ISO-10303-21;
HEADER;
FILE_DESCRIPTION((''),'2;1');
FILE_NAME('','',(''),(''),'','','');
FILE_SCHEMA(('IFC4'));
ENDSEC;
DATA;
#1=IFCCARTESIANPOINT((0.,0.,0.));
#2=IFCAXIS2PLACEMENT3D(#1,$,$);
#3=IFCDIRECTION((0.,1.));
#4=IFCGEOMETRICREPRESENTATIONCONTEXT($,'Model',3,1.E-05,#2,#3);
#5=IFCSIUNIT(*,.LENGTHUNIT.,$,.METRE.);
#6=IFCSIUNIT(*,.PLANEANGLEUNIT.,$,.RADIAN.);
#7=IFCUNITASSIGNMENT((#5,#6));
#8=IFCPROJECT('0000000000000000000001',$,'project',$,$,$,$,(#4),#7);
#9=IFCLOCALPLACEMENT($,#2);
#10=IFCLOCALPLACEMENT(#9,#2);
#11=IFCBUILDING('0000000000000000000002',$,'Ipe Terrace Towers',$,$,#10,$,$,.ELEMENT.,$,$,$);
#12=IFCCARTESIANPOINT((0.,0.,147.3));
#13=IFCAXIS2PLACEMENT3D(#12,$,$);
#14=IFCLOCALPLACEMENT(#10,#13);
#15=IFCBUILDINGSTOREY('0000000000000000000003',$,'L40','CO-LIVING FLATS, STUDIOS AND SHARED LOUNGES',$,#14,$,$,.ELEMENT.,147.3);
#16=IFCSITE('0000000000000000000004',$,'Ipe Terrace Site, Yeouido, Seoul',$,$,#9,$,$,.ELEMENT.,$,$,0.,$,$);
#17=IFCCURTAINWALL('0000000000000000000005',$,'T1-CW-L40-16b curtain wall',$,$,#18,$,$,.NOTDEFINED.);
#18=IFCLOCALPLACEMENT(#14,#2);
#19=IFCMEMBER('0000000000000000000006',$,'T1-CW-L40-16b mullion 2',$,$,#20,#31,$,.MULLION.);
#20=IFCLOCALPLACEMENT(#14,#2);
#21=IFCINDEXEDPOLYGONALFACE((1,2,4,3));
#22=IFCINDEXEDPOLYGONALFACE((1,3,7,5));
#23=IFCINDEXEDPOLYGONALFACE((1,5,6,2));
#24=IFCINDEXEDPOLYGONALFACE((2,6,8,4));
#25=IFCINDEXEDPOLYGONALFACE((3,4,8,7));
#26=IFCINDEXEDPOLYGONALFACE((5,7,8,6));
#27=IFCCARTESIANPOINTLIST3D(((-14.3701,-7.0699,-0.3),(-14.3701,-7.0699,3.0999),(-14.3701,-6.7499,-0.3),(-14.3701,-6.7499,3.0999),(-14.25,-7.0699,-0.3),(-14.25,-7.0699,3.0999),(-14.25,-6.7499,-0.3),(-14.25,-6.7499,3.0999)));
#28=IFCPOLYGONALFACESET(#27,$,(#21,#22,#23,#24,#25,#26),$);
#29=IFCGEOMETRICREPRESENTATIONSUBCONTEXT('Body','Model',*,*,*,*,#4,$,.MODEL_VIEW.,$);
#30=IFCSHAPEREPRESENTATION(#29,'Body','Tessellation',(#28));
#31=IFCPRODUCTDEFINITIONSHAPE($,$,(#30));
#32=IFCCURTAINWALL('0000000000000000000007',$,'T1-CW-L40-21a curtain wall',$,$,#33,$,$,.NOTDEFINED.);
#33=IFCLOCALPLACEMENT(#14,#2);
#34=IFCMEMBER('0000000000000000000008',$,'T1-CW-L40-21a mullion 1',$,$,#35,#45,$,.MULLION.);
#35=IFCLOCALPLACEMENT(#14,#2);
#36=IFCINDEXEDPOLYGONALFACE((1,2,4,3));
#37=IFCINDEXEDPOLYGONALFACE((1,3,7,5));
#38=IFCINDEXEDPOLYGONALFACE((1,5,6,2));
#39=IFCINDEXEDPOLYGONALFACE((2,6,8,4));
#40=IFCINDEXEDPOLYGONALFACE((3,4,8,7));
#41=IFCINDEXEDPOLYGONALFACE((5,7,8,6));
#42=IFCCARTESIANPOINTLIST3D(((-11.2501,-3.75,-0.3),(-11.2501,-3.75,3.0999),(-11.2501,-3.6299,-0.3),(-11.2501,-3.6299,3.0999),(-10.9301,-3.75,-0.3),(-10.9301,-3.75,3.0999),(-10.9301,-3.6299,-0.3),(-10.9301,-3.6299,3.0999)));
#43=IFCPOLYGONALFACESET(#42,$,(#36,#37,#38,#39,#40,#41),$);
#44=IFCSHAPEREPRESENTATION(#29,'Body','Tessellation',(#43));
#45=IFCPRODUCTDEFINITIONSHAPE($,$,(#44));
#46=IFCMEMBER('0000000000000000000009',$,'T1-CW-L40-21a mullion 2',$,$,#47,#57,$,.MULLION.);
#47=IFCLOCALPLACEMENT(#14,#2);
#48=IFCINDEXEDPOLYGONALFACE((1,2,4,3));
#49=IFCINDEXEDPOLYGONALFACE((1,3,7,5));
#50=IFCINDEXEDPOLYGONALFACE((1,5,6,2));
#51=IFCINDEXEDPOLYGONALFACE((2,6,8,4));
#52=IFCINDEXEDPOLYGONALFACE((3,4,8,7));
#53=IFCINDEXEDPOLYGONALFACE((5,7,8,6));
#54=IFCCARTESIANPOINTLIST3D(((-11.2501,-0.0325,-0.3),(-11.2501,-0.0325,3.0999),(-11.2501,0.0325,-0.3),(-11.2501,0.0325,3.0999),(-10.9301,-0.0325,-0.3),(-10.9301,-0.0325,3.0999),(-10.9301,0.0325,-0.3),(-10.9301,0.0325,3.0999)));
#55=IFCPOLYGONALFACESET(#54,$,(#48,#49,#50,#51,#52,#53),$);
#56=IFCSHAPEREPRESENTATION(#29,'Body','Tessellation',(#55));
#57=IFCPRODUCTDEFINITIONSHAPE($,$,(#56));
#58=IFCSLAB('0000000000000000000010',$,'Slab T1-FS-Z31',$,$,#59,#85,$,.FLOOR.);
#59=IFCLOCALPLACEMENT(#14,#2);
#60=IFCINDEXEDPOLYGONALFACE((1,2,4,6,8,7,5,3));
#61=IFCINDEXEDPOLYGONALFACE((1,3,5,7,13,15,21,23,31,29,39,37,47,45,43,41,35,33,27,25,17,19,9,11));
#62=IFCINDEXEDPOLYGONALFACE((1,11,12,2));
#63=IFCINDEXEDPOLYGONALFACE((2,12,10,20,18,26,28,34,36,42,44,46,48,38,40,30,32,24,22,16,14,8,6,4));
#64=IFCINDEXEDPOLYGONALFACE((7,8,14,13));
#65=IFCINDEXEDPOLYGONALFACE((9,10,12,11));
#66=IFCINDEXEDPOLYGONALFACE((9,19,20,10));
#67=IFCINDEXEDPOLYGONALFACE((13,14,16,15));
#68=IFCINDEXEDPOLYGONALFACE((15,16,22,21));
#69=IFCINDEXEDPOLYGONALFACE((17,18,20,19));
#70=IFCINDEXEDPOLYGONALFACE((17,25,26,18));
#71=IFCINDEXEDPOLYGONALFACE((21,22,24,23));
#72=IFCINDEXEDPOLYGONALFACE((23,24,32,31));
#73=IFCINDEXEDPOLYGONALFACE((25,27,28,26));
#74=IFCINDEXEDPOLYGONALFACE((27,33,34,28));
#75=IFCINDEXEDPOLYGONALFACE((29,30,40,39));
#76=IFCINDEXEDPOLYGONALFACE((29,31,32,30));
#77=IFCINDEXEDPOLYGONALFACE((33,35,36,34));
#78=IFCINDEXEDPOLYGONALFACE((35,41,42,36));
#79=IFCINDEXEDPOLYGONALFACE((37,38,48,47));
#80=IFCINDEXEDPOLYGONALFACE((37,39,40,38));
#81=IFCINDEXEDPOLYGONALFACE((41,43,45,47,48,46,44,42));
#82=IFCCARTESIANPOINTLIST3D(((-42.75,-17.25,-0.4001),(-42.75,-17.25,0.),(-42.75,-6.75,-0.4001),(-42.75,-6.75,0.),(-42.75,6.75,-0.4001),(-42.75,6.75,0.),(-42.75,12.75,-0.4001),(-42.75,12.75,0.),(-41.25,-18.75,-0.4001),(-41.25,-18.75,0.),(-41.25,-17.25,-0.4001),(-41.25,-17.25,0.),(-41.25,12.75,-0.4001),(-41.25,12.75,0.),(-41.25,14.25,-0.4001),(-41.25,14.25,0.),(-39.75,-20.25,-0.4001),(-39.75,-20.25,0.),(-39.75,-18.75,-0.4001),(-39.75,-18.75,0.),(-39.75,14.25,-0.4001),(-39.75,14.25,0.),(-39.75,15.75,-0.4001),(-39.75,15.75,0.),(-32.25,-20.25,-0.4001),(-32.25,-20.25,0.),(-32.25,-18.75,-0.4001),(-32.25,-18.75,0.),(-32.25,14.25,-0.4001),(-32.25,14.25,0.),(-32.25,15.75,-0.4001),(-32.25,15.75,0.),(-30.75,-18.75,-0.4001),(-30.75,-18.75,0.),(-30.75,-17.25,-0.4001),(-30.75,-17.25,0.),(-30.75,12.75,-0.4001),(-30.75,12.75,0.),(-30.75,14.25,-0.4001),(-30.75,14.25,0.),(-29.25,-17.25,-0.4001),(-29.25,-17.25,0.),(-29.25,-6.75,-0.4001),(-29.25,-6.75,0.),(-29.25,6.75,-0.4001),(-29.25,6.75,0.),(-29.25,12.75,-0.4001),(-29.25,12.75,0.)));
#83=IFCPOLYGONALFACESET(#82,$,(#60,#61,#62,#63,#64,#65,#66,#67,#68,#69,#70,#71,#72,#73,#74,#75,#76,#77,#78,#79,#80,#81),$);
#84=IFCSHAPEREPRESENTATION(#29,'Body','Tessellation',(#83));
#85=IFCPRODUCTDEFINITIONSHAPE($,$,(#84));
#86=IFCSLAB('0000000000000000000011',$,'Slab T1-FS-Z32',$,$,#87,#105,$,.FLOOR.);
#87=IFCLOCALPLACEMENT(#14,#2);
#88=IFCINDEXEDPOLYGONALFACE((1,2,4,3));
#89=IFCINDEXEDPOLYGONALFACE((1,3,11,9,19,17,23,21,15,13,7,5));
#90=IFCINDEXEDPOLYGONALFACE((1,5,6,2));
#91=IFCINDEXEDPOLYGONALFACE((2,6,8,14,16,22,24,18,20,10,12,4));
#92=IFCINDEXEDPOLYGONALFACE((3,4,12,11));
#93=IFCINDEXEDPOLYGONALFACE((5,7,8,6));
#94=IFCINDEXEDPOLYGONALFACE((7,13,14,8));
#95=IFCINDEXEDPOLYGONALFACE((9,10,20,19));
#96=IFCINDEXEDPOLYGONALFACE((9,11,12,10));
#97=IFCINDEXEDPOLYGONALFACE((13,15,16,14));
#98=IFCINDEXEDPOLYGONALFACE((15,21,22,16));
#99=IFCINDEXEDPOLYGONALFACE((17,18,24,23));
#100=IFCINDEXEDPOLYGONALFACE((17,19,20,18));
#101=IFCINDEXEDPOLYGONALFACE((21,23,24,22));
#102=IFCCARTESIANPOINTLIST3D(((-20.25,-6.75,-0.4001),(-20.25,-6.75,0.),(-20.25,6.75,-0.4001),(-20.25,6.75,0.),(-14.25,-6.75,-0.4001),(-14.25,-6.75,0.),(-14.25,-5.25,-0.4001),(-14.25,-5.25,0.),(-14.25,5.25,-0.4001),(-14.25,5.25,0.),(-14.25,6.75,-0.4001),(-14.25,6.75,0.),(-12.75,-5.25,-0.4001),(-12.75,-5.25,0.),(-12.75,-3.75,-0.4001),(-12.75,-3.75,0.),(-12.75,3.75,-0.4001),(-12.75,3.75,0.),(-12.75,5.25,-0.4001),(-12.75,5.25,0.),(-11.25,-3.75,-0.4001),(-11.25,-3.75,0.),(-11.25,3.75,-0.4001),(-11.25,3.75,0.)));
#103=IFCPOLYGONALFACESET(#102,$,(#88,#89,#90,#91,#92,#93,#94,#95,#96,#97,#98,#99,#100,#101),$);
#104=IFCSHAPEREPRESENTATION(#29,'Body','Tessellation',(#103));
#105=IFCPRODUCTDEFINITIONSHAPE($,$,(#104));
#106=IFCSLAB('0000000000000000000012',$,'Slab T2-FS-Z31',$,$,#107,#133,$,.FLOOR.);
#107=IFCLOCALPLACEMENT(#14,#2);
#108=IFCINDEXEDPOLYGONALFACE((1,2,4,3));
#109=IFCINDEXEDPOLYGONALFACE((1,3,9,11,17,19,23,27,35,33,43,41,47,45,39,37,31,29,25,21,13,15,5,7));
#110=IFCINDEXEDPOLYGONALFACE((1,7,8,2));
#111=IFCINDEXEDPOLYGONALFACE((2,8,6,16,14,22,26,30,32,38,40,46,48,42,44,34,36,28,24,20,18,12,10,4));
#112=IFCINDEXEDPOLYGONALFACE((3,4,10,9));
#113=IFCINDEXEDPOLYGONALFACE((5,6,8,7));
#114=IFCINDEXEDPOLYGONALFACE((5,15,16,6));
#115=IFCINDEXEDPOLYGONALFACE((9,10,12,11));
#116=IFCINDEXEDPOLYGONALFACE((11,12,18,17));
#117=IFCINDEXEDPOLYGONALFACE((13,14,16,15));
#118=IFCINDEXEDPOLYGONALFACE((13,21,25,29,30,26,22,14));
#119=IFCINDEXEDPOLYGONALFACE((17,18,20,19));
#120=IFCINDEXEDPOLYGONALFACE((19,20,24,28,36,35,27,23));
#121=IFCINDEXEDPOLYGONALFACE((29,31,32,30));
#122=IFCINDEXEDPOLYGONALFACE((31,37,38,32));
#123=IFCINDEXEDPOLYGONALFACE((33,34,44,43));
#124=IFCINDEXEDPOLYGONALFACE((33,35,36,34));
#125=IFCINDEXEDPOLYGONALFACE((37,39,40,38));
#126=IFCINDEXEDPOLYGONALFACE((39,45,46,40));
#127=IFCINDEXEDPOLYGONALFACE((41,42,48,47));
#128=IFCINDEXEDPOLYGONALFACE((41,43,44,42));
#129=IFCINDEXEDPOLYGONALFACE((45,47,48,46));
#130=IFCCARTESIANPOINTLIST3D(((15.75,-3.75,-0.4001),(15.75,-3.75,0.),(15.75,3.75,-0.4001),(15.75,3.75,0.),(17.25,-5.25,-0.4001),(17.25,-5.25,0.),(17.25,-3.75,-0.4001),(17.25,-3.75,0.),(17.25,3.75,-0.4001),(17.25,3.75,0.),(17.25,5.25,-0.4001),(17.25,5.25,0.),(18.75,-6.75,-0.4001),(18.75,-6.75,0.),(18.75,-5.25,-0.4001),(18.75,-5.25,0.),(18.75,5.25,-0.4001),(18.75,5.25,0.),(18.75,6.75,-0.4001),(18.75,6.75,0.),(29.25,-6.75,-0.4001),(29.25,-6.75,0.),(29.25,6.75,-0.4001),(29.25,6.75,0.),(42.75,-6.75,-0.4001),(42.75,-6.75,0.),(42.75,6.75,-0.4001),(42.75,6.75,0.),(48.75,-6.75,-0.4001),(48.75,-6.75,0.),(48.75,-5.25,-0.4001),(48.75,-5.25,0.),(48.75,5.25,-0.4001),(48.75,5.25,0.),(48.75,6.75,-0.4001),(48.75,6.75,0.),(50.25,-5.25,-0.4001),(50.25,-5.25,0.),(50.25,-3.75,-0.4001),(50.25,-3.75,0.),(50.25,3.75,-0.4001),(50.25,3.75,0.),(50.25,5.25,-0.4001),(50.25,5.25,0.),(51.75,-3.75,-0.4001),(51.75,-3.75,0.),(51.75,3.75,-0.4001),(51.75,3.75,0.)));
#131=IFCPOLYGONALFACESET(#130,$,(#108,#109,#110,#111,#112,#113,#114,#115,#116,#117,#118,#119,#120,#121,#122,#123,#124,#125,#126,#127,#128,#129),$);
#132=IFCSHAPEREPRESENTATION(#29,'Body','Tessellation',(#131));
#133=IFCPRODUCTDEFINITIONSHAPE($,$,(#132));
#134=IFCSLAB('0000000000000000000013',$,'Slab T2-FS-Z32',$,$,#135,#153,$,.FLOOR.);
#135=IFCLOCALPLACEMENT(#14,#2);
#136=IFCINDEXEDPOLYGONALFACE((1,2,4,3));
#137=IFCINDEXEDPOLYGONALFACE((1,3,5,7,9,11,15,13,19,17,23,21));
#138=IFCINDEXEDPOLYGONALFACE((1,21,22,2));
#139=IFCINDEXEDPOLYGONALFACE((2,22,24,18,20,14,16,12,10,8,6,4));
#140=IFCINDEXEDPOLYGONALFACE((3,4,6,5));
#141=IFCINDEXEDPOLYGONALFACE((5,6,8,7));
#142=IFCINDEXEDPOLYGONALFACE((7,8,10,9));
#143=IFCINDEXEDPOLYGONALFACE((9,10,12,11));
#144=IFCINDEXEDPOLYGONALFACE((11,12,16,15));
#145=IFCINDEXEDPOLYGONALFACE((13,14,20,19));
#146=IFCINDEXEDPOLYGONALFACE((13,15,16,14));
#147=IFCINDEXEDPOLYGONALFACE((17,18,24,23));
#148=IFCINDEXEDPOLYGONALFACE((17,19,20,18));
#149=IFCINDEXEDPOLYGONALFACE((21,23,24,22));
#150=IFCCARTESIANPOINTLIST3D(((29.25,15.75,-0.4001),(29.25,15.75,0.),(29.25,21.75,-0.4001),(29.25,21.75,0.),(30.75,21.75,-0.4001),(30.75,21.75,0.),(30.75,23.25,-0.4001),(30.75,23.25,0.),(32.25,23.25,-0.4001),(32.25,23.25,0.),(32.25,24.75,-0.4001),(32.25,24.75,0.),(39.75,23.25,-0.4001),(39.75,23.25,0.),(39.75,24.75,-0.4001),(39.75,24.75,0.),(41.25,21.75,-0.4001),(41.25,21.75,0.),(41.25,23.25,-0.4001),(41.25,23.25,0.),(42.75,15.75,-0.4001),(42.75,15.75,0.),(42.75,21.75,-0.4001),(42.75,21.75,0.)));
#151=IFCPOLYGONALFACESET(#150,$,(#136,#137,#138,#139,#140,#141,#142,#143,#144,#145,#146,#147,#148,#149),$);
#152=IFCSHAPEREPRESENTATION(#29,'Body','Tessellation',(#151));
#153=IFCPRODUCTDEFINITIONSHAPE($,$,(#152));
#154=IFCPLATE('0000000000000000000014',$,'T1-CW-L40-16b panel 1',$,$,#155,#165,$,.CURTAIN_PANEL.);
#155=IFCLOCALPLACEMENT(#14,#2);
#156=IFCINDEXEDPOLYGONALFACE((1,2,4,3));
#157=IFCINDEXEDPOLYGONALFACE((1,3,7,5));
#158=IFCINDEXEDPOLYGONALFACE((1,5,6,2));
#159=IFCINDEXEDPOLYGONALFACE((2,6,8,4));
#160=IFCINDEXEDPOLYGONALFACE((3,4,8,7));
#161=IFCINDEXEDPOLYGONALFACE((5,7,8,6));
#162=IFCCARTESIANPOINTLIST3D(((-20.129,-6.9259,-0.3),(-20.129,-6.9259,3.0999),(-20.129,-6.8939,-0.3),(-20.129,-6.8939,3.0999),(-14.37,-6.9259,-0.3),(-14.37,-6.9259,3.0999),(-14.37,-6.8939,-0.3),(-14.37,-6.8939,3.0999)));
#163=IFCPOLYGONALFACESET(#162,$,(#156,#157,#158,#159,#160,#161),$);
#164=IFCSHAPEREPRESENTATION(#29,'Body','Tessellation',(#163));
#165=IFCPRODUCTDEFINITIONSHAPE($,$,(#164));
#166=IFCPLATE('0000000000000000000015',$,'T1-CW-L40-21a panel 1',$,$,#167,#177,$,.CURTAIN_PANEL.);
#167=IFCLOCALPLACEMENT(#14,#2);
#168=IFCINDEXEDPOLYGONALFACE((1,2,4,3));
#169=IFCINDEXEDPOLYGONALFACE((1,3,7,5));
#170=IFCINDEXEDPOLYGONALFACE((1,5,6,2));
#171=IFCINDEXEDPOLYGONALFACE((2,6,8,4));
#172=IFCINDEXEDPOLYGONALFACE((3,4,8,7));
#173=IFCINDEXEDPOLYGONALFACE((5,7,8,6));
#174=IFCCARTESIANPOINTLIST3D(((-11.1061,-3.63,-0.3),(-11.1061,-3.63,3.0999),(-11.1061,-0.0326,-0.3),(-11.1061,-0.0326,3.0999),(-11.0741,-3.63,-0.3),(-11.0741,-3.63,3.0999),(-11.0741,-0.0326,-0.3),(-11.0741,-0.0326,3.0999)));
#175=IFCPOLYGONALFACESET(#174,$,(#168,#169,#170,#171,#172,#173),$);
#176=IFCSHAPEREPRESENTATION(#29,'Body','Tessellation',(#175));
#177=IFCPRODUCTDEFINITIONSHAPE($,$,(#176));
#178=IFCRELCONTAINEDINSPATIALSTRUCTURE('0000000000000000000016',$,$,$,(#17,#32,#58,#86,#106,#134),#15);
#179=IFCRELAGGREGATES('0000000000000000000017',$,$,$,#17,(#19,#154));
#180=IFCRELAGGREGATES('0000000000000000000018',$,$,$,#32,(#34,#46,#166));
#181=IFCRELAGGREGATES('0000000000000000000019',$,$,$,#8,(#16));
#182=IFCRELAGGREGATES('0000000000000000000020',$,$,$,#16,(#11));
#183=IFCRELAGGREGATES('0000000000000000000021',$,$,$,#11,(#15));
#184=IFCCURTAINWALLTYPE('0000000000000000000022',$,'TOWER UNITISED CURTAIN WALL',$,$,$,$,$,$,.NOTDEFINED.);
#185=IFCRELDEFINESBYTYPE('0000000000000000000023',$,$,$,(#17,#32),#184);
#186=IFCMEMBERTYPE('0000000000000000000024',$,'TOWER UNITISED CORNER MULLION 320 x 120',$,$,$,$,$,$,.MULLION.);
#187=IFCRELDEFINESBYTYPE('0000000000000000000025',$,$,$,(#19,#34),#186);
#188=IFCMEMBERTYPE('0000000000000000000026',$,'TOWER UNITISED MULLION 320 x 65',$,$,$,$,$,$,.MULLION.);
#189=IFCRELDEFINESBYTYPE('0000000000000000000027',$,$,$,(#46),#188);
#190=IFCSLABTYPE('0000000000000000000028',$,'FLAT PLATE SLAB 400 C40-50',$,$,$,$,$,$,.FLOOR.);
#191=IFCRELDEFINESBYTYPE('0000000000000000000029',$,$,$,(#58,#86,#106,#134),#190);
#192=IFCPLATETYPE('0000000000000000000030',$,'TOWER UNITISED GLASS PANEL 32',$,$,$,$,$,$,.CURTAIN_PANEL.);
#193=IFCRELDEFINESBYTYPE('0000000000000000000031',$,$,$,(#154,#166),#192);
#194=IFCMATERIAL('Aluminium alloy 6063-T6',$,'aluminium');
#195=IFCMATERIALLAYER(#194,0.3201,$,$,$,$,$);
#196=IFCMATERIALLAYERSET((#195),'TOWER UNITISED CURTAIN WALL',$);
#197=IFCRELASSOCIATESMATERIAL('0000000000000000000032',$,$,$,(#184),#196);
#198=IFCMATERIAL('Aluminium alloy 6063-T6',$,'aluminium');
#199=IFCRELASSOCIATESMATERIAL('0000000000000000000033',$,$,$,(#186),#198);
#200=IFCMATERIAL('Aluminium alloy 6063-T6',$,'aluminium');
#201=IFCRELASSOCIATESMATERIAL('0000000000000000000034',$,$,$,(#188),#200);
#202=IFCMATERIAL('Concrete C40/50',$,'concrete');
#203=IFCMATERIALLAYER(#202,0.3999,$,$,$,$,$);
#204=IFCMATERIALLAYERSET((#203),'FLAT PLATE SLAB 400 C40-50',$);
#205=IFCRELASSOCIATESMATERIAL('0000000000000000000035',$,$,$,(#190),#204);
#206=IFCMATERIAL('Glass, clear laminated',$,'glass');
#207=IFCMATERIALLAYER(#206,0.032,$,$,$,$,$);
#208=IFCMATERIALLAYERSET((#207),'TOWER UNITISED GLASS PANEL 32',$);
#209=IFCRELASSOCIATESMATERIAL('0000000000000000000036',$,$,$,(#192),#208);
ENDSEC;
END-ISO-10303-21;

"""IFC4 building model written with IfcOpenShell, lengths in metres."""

from ifc_helpers import new_model, si_unit, direction, frame, origin, origin_2d, place, context, subcontext, project, spatial, polyline, rectangle, outline, extrude, material, layer, layer_set, material_profile, profile_set, type_object, element, aggregate, save


model = new_model("IFC4")

# Units and contexts
model_context = context("Model", 3, precision=1e-05, world=origin(), true_north=direction((0.0, 1.0)))
body_context = subcontext(model_context, "Body", "Model", "MODEL_VIEW")
ifc_project = project(units=[si_unit("LENGTHUNIT", "METRE"), si_unit("PLANEANGLEUNIT", "RADIAN")], contexts=[model_context])

# Site, building, storey
site_placement = place(None, origin())
site = spatial("IfcSite", under=ifc_project, at=site_placement, Name="Ipe Terrace Site, Yeouido, Seoul", CompositionType="ELEMENT", RefElevation=0.0)
building_placement = place(site_placement, origin())
building = spatial("IfcBuilding", under=site, at=building_placement, Name="Ipe Terrace Towers", CompositionType="ELEMENT")
storey_placement = place(building_placement, frame((0.0, 0.0, 147.3)))
storey = spatial("IfcBuildingStorey", under=building, at=storey_placement, Name="L40", Description="CO-LIVING FLATS, STUDIOS AND SHARED LOUNGES", CompositionType="ELEMENT", Elevation=147.3)

# Curtain walls, members
ifc_material_1 = material(Name="Aluminium alloy 6063-T6", Category="aluminium")
ifc_layer_1 = layer(ifc_material_1, 0.3201)
ifc_layer_set_1 = layer_set([ifc_layer_1], Name="TOWER UNITISED CURTAIN WALL")
curtain_wall_type = type_object("IfcCurtainWallType", Name="TOWER UNITISED CURTAIN WALL", PredefinedType="NOTDEFINED", material=ifc_layer_set_1)
curtain_wall_1_placement = place(storey_placement, origin())
curtain_wall_1 = element("IfcCurtainWall", 1, at=curtain_wall_1_placement, inside=storey, type_object=curtain_wall_type, Name="T1-CW-L40-16b curtain wall", PredefinedType="NOTDEFINED")
ifc_material_2 = material(Name="Aluminium alloy 6063-T6", Category="aluminium")
ifc_material_profile_1 = material_profile(ifc_material_2, rectangle(XDim=0.3201, YDim=0.1201, at=origin_2d()), Name="TOWER UNITISED CORNER MULLION 320 x 120")
ifc_profile_set_1 = profile_set([ifc_material_profile_1], Name="Aluminium alloy 6063-T6")
member_type_1 = type_object("IfcMemberType", Name="TOWER UNITISED CORNER MULLION 320 x 120", PredefinedType="MULLION", material=ifc_profile_set_1)
member_1_placement = place(storey_placement, frame((-14.3101, -6.9099, -0.3), z_axis=(0.0, 0.0, 1.0), x_axis=(0.0, -1.0, 0.0)))
member_1 = element("IfcMember", 2, at=member_1_placement, type_object=member_type_1, Name="T1-CW-L40-16b mullion 2", PredefinedType="MULLION", context=body_context, shape_type="SweptSolid", body=[
    extrude(rectangle(XDim=0.3201, YDim=0.1201, at=origin_2d()), origin(), (0.0, 0.0, 1.0), 3.3999),
])
curtain_wall_2_placement = place(storey_placement, origin())
curtain_wall_2 = element("IfcCurtainWall", 3, at=curtain_wall_2_placement, inside=storey, type_object=curtain_wall_type, Name="T1-CW-L40-21a curtain wall", PredefinedType="NOTDEFINED")
member_2_placement = place(storey_placement, frame((-11.0901, -3.6899, -0.3), z_axis=(0.0, 0.0, 1.0), x_axis=(1.0, 0.0, 0.0)))
member_2 = element("IfcMember", 4, at=member_2_placement, type_object=member_type_1, Name="T1-CW-L40-21a mullion 1", PredefinedType="MULLION", context=body_context, shape_type="SweptSolid", body=[
    extrude(rectangle(XDim=0.3201, YDim=0.1201, at=origin_2d()), origin(), (0.0, 0.0, 1.0), 3.3999),
])
ifc_material_3 = material(Name="Aluminium alloy 6063-T6", Category="aluminium")
ifc_material_profile_2 = material_profile(ifc_material_3, rectangle(XDim=0.3201, YDim=0.0649, at=origin_2d()), Name="TOWER UNITISED MULLION 320 x 65")
ifc_profile_set_2 = profile_set([ifc_material_profile_2], Name="Aluminium alloy 6063-T6")
member_type_2 = type_object("IfcMemberType", Name="TOWER UNITISED MULLION 320 x 65", PredefinedType="MULLION", material=ifc_profile_set_2)
member_3_placement = place(storey_placement, frame((-11.0901, 0.0, -0.3), z_axis=(0.0, 0.0, 1.0), x_axis=(1.0, 0.0, 0.0)))
member_3 = element("IfcMember", 5, at=member_3_placement, type_object=member_type_2, Name="T1-CW-L40-21a mullion 2", PredefinedType="MULLION", context=body_context, shape_type="SweptSolid", body=[
    extrude(rectangle(XDim=0.3201, YDim=0.0649, at=origin_2d()), origin(), (0.0, 0.0, 1.0), 3.3999),
])

# Slabs
ifc_material_4 = material(Name="Concrete C40/50", Category="concrete")
ifc_layer_2 = layer(ifc_material_4, 0.3999)
ifc_layer_set_2 = layer_set([ifc_layer_2], Name="FLAT PLATE SLAB 400 C40-50")
slab_type = type_object("IfcSlabType", Name="FLAT PLATE SLAB 400 C40-50", PredefinedType="FLOOR", material=ifc_layer_set_2)
slab_1_placement = place(storey_placement, frame((0.0, 0.0, -0.4001)))
element("IfcSlab", 6, at=slab_1_placement, inside=storey, type_object=slab_type, Name="Slab T1-FS-Z31", PredefinedType="FLOOR", context=body_context, shape_type="SweptSolid", body=[
    extrude(outline(polyline([(-30.75, -17.25), (-30.75, -18.75), (-32.25, -18.75), (-32.25, -20.25), (-39.75, -20.25), (-39.75, -18.75), (-41.25, -18.75), (-41.25, -17.25), (-42.75, -17.25), (-42.75, -6.75), (-42.75, 6.75), (-42.75, 12.75), (-41.25, 12.75), (-41.25, 14.25), (-39.75, 14.25), (-39.75, 15.75), (-32.25, 15.75), (-32.25, 14.25), (-30.75, 14.25), (-30.75, 12.75), (-29.25, 12.75), (-29.25, 6.75), (-29.25, -6.75), (-29.25, -17.25), (-30.75, -17.25)])), origin(), (0.0, 0.0, 1.0), 0.4001),
])
slab_2_placement = place(storey_placement, frame((0.0, 0.0, -0.4001)))
element("IfcSlab", 7, at=slab_2_placement, inside=storey, type_object=slab_type, Name="Slab T1-FS-Z32", PredefinedType="FLOOR", context=body_context, shape_type="SweptSolid", body=[
    extrude(outline(polyline([(-14.25, 5.25), (-12.75, 5.25), (-12.75, 3.75), (-11.25, 3.75), (-11.25, -3.75), (-12.75, -3.75), (-12.75, -5.25), (-14.25, -5.25), (-14.25, -6.75), (-20.25, -6.75), (-20.25, 6.75), (-14.25, 6.75), (-14.25, 5.25)])), origin(), (0.0, 0.0, 1.0), 0.4001),
])
slab_3_placement = place(storey_placement, frame((0.0, 0.0, -0.4001)))
element("IfcSlab", 8, at=slab_3_placement, inside=storey, type_object=slab_type, Name="Slab T2-FS-Z31", PredefinedType="FLOOR", context=body_context, shape_type="SweptSolid", body=[
    extrude(outline(polyline([(48.75, 5.25), (50.25, 5.25), (50.25, 3.75), (51.75, 3.75), (51.75, -3.75), (50.25, -3.75), (50.25, -5.25), (48.75, -5.25), (48.75, -6.75), (42.75, -6.75), (29.25, -6.75), (18.75, -6.75), (18.75, -5.25), (17.25, -5.25), (17.25, -3.75), (15.75, -3.75), (15.75, 3.75), (17.25, 3.75), (17.25, 5.25), (18.75, 5.25), (18.75, 6.75), (29.25, 6.75), (42.75, 6.75), (48.75, 6.75), (48.75, 5.25)])), origin(), (0.0, 0.0, 1.0), 0.4001),
])
slab_4_placement = place(storey_placement, frame((0.0, 0.0, -0.4001)))
element("IfcSlab", 9, at=slab_4_placement, inside=storey, type_object=slab_type, Name="Slab T2-FS-Z32", PredefinedType="FLOOR", context=body_context, shape_type="SweptSolid", body=[
    extrude(outline(polyline([(30.75, 21.75), (30.75, 23.25), (32.25, 23.25), (32.25, 24.75), (39.75, 24.75), (39.75, 23.25), (41.25, 23.25), (41.25, 21.75), (42.75, 21.75), (42.75, 15.75), (29.25, 15.75), (29.25, 21.75), (30.75, 21.75)])), origin(), (0.0, 0.0, 1.0), 0.4001),
])

# Plates
ifc_material_5 = material(Name="Glass, clear laminated", Category="glass")
ifc_layer_3 = layer(ifc_material_5, 0.032)
ifc_layer_set_3 = layer_set([ifc_layer_3], Name="TOWER UNITISED GLASS PANEL 32")
plate_type = type_object("IfcPlateType", Name="TOWER UNITISED GLASS PANEL 32", PredefinedType="CURTAIN_PANEL", material=ifc_layer_set_3)
plate_1_placement = place(storey_placement, frame((-17.2495, -6.9099, -0.3), z_axis=(0.0, 0.0, 1.0), x_axis=(1.0, 0.0, 0.0)))
plate_1 = element("IfcPlate", 10, at=plate_1_placement, type_object=plate_type, Name="T1-CW-L40-16b panel 1", PredefinedType="CURTAIN_PANEL", context=body_context, shape_type="SweptSolid", body=[
    extrude(rectangle(XDim=5.759, YDim=0.032, at=origin_2d()), origin(), (0.0, 0.0, 1.0), 3.3999),
])
aggregate(curtain_wall_1, [member_1, plate_1])
plate_2_placement = place(storey_placement, frame((-11.0901, -1.8313, -0.3), z_axis=(0.0, 0.0, 1.0), x_axis=(0.0, 1.0, 0.0)))
plate_2 = element("IfcPlate", 11, at=plate_2_placement, type_object=plate_type, Name="T1-CW-L40-21a panel 1", PredefinedType="CURTAIN_PANEL", context=body_context, shape_type="SweptSolid", body=[
    extrude(rectangle(XDim=3.5974, YDim=0.032, at=origin_2d()), origin(), (0.0, 0.0, 1.0), 3.3999),
])
aggregate(curtain_wall_2, [member_2, member_3, plate_2])

save(model, "model.ifc")
